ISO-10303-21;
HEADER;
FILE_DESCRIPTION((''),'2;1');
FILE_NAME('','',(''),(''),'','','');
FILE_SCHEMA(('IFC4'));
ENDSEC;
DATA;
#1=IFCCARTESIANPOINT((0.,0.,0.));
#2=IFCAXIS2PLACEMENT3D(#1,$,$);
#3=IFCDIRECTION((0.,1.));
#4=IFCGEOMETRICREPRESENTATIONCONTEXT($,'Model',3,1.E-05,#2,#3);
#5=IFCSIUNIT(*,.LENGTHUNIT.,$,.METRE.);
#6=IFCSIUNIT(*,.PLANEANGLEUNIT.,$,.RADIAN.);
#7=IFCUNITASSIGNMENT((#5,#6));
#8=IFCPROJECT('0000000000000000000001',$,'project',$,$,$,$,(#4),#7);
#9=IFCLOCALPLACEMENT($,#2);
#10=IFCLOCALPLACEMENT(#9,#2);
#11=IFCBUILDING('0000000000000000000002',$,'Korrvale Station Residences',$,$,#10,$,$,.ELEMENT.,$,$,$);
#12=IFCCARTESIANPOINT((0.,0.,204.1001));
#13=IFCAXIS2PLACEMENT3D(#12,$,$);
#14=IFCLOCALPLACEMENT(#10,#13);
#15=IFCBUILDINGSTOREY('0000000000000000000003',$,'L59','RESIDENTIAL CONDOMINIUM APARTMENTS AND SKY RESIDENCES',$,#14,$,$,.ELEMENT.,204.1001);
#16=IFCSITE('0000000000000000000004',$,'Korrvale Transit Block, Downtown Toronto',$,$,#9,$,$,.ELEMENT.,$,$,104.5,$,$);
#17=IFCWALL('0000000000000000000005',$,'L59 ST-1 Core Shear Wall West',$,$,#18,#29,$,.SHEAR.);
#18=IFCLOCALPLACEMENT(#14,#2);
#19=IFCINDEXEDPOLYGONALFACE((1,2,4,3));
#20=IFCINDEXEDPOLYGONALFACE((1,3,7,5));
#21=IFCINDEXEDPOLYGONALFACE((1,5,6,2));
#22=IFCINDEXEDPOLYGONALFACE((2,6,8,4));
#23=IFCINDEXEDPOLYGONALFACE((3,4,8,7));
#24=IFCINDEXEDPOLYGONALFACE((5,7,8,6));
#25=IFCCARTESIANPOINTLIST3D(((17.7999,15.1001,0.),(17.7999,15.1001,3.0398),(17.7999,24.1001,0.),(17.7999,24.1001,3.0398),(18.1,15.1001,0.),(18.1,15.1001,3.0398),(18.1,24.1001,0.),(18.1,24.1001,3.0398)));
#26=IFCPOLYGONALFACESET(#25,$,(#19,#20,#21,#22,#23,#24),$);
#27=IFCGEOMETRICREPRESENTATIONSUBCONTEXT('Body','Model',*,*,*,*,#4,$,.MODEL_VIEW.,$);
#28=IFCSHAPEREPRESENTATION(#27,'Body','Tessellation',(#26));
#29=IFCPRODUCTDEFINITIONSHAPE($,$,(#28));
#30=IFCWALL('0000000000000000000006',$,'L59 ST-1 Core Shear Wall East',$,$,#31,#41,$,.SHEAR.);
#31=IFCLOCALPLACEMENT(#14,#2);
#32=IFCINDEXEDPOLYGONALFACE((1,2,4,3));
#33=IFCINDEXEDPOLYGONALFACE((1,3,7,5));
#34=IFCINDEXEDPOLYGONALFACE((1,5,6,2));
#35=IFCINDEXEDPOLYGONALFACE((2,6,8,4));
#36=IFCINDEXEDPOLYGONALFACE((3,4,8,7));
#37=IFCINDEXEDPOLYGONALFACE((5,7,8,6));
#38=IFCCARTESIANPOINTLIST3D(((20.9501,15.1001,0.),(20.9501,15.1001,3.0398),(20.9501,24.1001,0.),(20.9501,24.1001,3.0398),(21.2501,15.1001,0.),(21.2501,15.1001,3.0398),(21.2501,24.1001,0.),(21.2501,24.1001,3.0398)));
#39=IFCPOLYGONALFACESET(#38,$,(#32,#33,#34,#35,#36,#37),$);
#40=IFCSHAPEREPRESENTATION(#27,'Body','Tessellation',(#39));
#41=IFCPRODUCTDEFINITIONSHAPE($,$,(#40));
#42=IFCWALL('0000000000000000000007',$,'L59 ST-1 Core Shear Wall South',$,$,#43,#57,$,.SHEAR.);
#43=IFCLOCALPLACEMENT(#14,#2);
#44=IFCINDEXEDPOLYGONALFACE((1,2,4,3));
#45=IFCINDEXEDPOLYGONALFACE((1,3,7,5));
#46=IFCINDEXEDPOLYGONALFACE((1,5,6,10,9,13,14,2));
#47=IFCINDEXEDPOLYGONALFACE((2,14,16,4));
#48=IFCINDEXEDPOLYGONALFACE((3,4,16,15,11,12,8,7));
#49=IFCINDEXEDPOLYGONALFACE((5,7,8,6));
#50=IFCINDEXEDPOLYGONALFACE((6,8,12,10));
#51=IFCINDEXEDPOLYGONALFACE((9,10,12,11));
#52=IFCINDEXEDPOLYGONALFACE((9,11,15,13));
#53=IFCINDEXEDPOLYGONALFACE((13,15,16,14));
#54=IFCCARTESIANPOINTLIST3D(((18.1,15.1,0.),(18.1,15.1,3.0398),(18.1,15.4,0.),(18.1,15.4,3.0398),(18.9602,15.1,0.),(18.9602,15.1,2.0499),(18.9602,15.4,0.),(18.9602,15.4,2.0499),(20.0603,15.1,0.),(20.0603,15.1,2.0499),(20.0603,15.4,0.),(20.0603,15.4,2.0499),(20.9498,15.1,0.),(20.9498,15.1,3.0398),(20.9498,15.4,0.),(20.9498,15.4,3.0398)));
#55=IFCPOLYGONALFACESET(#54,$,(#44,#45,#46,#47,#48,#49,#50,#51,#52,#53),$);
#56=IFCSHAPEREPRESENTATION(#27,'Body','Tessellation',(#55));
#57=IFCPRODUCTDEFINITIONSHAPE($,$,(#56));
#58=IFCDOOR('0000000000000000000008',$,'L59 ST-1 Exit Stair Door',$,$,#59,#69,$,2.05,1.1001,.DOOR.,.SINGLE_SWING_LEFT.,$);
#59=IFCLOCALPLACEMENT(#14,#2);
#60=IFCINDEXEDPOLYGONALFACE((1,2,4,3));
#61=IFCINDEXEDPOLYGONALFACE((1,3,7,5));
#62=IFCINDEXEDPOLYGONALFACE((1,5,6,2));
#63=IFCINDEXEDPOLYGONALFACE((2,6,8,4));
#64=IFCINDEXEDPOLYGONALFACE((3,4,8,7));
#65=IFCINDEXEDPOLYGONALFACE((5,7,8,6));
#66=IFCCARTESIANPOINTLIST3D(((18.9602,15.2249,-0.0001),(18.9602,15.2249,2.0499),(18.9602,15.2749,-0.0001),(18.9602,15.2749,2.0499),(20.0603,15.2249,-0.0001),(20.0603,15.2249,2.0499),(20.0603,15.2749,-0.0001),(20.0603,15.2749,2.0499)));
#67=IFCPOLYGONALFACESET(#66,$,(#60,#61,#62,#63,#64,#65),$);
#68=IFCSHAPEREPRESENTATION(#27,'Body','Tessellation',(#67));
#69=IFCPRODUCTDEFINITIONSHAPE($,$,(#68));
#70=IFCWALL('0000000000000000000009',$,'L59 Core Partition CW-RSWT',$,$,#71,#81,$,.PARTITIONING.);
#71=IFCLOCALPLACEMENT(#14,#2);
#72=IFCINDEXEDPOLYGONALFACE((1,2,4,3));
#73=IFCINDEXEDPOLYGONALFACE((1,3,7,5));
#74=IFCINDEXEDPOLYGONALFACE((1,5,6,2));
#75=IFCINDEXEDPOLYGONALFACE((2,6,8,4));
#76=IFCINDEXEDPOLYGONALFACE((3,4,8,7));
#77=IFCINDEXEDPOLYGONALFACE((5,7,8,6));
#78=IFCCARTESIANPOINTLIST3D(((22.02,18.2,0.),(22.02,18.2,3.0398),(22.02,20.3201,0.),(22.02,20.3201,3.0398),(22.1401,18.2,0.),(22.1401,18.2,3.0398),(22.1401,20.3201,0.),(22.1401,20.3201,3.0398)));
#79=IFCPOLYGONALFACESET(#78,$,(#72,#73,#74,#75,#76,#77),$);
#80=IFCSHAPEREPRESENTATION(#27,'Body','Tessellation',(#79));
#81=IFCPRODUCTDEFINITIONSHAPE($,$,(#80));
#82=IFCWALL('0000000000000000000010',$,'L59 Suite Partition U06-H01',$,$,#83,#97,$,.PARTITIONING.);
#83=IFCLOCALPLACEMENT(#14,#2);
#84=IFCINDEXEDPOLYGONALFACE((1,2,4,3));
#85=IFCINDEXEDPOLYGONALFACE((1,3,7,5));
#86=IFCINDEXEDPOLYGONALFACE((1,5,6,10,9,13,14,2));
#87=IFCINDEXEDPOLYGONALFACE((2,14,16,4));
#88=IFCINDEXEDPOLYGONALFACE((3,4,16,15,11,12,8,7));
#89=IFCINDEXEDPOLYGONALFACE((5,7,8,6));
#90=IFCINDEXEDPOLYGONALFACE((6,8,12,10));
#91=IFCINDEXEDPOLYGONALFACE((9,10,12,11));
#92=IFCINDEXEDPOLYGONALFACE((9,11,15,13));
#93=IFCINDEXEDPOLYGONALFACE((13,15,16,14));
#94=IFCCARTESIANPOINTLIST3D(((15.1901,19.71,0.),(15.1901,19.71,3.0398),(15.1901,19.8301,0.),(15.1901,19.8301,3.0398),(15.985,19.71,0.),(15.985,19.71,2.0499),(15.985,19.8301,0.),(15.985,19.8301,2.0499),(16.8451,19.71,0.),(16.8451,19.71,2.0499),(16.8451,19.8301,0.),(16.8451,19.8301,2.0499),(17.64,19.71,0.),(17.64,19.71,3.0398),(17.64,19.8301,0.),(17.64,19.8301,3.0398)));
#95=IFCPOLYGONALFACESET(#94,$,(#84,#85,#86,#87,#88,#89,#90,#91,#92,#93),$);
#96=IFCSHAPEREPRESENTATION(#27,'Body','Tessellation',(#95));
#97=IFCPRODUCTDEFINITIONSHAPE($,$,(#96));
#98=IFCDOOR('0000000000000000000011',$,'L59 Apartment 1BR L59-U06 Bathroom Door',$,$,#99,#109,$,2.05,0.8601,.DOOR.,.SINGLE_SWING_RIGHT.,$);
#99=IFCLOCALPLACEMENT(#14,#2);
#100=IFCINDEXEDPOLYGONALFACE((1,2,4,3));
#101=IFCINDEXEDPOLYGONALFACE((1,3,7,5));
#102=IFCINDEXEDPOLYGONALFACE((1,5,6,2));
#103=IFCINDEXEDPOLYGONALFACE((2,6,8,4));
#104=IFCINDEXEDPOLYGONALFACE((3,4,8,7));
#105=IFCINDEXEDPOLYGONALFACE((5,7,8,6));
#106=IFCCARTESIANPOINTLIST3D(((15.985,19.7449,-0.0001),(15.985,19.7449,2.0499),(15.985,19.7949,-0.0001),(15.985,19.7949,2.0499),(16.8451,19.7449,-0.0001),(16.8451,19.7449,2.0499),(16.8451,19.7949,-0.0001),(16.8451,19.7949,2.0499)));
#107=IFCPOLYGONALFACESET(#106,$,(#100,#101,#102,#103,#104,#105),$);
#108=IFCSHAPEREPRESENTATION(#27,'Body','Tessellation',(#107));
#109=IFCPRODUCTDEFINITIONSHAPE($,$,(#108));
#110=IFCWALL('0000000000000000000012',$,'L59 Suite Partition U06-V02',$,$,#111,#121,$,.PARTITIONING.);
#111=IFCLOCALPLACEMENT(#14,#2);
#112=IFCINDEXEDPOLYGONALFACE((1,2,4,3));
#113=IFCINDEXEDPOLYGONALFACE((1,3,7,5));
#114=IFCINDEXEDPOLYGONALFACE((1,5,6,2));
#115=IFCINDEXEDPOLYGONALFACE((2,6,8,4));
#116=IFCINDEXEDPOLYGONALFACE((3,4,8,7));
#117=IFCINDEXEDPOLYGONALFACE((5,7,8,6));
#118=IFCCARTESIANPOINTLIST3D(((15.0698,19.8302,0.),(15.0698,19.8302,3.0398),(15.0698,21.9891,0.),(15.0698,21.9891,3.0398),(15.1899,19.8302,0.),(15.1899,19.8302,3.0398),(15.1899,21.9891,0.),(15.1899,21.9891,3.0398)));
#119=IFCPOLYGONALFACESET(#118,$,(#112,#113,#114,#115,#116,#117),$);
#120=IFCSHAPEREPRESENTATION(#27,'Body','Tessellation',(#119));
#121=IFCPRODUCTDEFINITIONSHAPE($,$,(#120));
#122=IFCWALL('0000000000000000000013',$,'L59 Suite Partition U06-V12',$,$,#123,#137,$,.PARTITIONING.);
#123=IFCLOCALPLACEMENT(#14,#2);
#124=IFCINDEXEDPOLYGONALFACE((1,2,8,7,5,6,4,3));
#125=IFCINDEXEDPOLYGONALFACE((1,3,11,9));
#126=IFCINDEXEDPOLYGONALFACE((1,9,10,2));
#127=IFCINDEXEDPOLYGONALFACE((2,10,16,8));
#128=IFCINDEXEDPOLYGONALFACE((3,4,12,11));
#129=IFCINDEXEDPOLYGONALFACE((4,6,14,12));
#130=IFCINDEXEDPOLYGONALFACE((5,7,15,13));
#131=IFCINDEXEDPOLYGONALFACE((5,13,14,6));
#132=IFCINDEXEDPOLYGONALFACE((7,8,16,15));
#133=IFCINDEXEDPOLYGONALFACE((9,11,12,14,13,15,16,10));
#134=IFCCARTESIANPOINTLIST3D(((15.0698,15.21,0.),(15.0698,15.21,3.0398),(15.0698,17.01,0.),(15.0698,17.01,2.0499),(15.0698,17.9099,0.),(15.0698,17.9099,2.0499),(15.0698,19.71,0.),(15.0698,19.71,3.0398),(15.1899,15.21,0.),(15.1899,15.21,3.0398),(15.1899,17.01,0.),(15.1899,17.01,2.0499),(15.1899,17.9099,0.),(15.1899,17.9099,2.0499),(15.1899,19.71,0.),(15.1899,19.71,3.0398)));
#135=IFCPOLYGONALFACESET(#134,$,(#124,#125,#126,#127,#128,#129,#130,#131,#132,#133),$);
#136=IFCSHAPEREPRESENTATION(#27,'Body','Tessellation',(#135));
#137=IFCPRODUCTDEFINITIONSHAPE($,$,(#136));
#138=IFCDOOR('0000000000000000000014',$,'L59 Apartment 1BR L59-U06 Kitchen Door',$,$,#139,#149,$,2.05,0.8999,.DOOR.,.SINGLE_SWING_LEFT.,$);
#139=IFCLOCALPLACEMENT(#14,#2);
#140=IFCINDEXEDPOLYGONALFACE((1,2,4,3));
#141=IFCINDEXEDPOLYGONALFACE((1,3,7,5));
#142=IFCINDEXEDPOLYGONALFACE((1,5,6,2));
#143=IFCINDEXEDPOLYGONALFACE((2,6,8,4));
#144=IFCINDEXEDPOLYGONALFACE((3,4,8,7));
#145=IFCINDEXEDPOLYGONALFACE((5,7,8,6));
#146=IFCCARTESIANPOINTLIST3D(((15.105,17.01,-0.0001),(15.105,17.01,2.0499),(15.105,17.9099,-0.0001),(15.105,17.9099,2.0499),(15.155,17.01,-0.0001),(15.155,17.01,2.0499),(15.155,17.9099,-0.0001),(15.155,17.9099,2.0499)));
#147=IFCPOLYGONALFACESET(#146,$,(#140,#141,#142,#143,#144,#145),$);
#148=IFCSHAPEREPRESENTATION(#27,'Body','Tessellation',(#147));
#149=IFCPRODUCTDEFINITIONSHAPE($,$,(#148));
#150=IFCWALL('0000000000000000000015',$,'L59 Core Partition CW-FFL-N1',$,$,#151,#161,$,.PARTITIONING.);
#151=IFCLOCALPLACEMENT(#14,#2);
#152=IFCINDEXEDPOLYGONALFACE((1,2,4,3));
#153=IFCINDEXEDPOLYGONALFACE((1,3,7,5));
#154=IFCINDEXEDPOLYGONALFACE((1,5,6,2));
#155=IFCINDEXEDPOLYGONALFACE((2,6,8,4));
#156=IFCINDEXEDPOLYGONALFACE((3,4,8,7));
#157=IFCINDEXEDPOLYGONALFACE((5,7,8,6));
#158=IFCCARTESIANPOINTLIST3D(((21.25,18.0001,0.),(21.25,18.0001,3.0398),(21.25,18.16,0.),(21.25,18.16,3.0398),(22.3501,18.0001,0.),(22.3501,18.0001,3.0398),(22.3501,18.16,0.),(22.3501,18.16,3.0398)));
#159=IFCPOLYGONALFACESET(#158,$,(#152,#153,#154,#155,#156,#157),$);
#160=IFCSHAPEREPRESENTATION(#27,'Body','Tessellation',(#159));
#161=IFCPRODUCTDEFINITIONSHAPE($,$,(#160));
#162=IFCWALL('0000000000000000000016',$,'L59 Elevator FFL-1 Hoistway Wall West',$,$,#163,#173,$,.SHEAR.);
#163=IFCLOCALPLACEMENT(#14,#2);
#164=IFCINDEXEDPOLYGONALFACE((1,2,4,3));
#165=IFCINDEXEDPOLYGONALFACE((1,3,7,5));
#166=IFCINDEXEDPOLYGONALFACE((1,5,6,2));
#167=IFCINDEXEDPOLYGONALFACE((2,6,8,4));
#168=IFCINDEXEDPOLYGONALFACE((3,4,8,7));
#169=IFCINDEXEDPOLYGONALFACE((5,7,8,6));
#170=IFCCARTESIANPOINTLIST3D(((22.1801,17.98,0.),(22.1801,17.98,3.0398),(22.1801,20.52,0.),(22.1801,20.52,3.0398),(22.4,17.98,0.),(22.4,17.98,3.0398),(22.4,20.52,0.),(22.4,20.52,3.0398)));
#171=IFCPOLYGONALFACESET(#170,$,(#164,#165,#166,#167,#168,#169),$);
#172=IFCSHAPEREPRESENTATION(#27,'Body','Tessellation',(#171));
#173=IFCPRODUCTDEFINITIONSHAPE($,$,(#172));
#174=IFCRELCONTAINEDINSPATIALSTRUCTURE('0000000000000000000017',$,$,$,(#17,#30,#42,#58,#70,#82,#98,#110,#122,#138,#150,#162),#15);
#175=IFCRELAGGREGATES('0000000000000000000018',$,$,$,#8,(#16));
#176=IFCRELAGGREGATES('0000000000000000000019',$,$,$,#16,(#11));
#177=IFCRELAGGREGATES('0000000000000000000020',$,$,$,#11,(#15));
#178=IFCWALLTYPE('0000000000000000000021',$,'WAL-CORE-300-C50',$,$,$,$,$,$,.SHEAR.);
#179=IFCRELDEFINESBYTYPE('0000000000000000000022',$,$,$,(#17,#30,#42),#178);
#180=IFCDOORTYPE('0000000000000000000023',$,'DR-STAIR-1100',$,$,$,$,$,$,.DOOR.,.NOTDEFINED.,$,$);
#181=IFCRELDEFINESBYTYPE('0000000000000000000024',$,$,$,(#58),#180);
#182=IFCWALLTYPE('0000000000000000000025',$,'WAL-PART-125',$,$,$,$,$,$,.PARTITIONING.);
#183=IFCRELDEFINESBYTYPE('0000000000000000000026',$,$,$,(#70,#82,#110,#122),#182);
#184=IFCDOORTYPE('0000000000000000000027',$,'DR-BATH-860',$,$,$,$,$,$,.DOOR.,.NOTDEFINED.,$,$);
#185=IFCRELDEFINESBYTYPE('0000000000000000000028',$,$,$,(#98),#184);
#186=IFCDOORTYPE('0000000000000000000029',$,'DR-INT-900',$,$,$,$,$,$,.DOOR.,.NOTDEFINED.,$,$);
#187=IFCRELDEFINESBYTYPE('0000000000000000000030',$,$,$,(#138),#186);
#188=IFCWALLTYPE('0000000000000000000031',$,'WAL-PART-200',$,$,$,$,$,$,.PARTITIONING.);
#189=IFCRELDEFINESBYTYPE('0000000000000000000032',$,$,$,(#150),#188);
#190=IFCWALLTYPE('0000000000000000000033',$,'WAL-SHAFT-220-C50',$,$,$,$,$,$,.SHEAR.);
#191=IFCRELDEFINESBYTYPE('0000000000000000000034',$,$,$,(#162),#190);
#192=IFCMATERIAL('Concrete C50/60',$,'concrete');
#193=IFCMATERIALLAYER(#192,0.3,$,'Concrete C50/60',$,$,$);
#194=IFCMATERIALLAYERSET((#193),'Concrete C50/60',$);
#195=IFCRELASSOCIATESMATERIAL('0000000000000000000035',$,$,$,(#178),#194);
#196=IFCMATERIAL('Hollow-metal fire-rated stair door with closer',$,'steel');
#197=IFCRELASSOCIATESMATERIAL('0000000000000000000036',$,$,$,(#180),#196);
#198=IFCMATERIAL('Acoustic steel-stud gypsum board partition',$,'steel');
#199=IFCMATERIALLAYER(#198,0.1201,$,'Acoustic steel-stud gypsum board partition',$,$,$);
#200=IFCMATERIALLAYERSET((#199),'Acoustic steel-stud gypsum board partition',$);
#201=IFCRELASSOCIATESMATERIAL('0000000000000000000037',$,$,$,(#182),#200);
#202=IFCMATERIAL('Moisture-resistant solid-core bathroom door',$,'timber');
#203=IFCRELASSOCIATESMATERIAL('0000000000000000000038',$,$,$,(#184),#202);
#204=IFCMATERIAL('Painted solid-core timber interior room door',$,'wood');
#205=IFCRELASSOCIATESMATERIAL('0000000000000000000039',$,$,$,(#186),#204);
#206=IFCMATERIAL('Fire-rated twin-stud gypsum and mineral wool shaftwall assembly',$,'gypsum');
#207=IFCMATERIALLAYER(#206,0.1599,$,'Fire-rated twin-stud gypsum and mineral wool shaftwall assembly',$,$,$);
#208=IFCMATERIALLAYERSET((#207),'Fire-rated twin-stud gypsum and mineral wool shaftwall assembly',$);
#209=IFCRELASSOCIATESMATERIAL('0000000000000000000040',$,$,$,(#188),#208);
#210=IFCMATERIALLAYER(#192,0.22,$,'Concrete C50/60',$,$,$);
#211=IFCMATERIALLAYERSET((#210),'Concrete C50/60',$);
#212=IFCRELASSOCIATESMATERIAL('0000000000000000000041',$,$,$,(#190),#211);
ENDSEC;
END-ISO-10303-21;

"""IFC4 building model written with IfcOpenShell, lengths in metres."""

from ifc_helpers import new_model, si_unit, direction, frame, frame_2d, origin, place, context, subcontext, project, spatial, rectangle, extrude, material, layer, layer_set, type_object, element, fill, save


model = new_model("IFC4")

# Units and contexts
model_context = context("Model", 3, precision=1e-05, world=origin(), true_north=direction((0.0, 1.0)))
body_context = subcontext(model_context, "Body", "Model", "MODEL_VIEW")
ifc_project = project(units=[si_unit("LENGTHUNIT", "METRE"), si_unit("PLANEANGLEUNIT", "RADIAN")], contexts=[model_context])

# Site, building, storey
site_placement = place(None, origin())
site = spatial("IfcSite", under=ifc_project, at=site_placement, Name="Korrvale Transit Block, Downtown Toronto", CompositionType="ELEMENT", RefElevation=104.5)
building_placement = place(site_placement, origin())
building = spatial("IfcBuilding", under=site, at=building_placement, Name="Korrvale Station Residences", CompositionType="ELEMENT")
storey_placement = place(building_placement, frame((0.0, 0.0, 204.1001)))
storey = spatial("IfcBuildingStorey", under=building, at=storey_placement, Name="L59", Description="RESIDENTIAL CONDOMINIUM APARTMENTS AND SKY RESIDENCES", CompositionType="ELEMENT", Elevation=204.1001)

# Walls
ifc_material_1 = material(Name="Concrete C50/60", Category="concrete")
ifc_layer_1 = layer(ifc_material_1, 0.3, Name="Concrete C50/60")
ifc_layer_set_1 = layer_set([ifc_layer_1], Name="Concrete C50/60")
wall_type_1 = type_object("IfcWallType", Name="WAL-CORE-300-C50", PredefinedType="SHEAR", material=ifc_layer_set_1)
for number, where, z_axis, x_axis, name in (
    (1, (17.95, 15.1001, 0.0), (0.0, 0.0, 1.0), (0.0, 1.0, 0.0), "L59 ST-1 Core Shear Wall West"),
    (2, (21.1001, 15.1001, 0.0), (0.0, 0.0, 1.0), (0.0, 1.0, 0.0), "L59 ST-1 Core Shear Wall East"),
):
    element("IfcWall", number, at=place(storey_placement, frame(where, z_axis=z_axis, x_axis=x_axis)), inside=storey, type_object=wall_type_1, Name=name, PredefinedType="SHEAR", context=body_context, shape_type="SweptSolid", body=[
        extrude(rectangle(XDim=9.0, YDim=0.3, at=frame_2d((4.5, 0.0))), origin(), (0.0, 0.0, 1.0), 3.0398),
    ])

# Wall, opening, door
wall_1_placement = place(storey_placement, frame((18.1001, 15.25, 0.0), z_axis=(0.0, 0.0, 1.0), x_axis=(1.0, 0.0, 0.0)))
wall_1 = element("IfcWall", 3, at=wall_1_placement, inside=storey, type_object=wall_type_1, Name="L59 ST-1 Core Shear Wall South", PredefinedType="SHEAR", context=body_context, shape_type="SweptSolid", body=[
    extrude(rectangle(XDim=2.8499, YDim=0.3, at=frame_2d((1.4248, 0.0))), origin(), (0.0, 0.0, 1.0), 3.0398),
])
opening_1_placement = place(wall_1_placement, frame((0.8601, 0.0, 0.0)))
opening_1 = element("IfcOpeningElement", 4, at=opening_1_placement, cuts=wall_1, PredefinedType="OPENING", context=body_context, shape_type="SweptSolid", body=[
    extrude(rectangle(XDim=1.1001, YDim=2.05, at=frame_2d((0.55, 1.0249))), frame((0.0, 0.1602, 0.0), z_axis=(0.0, -1.0, 0.0), x_axis=(1.0, 0.0, 0.0)), (0.0, 0.0, 1.0), 0.3201),
])
ifc_material_2 = material(Name="Hollow-metal fire-rated stair door with closer", Category="steel")
door_type_1 = type_object("IfcDoorType", Name="DR-STAIR-1100", OperationType="NOTDEFINED", PredefinedType="DOOR", material=ifc_material_2)
door_1_placement = place(opening_1_placement, origin())
door_1 = element("IfcDoor", 5, at=door_1_placement, inside=storey, type_object=door_type_1, Name="L59 ST-1 Exit Stair Door", OperationType="SINGLE_SWING_LEFT", OverallHeight=2.05, OverallWidth=1.1001, PredefinedType="DOOR", context=body_context, shape_type="SweptSolid", body=[
    extrude(rectangle(XDim=1.1001, YDim=2.05, at=frame_2d((0.55, 1.0249))), frame((0.0, 0.0249, 0.0), z_axis=(0.0, -1.0, 0.0), x_axis=(1.0, 0.0, 0.0)), (0.0, 0.0, 1.0), 0.05),
])
fill(opening_1, door_1)

# Wall
ifc_material_3 = material(Name="Acoustic steel-stud gypsum board partition", Category="steel")
ifc_layer_2 = layer(ifc_material_3, 0.1201, Name="Acoustic steel-stud gypsum board partition")
ifc_layer_set_2 = layer_set([ifc_layer_2], Name="Acoustic steel-stud gypsum board partition")
wall_type_2 = type_object("IfcWallType", Name="WAL-PART-125", PredefinedType="PARTITIONING", material=ifc_layer_set_2)
wall_2_placement = place(storey_placement, frame((22.0801, 18.2, 0.0), z_axis=(0.0, 0.0, 1.0), x_axis=(0.0, 1.0, 0.0)))
element("IfcWall", 6, at=wall_2_placement, inside=storey, type_object=wall_type_2, Name="L59 Core Partition CW-RSWT", PredefinedType="PARTITIONING", context=body_context, shape_type="SweptSolid", body=[
    extrude(rectangle(XDim=2.1201, YDim=0.1201, at=frame_2d((1.0601, 0.0))), origin(), (0.0, 0.0, 1.0), 3.0398),
])

# Wall, opening, door
wall_3_placement = place(storey_placement, frame((15.1899, 19.77, 0.0), z_axis=(0.0, 0.0, 1.0), x_axis=(1.0, 0.0, 0.0)))
wall_3 = element("IfcWall", 7, at=wall_3_placement, inside=storey, type_object=wall_type_2, Name="L59 Suite Partition U06-H01", PredefinedType="PARTITIONING", context=body_context, shape_type="SweptSolid", body=[
    extrude(rectangle(XDim=2.45, YDim=0.1201, at=frame_2d((1.2251, 0.0))), origin(), (0.0, 0.0, 1.0), 3.0398),
])
opening_2_placement = place(wall_3_placement, frame((0.7949, 0.0, 0.0)))
opening_2 = element("IfcOpeningElement", 8, at=opening_2_placement, cuts=wall_3, PredefinedType="OPENING", context=body_context, shape_type="SweptSolid", body=[
    extrude(rectangle(XDim=0.8601, YDim=2.05, at=frame_2d((0.4302, 1.0249))), frame((0.0, 0.0701, 0.0), z_axis=(0.0, -1.0, 0.0), x_axis=(1.0, 0.0, 0.0)), (0.0, 0.0, 1.0), 0.1401),
])
ifc_material_4 = material(Name="Moisture-resistant solid-core bathroom door", Category="timber")
door_type_2 = type_object("IfcDoorType", Name="DR-BATH-860", OperationType="NOTDEFINED", PredefinedType="DOOR", material=ifc_material_4)
door_2_placement = place(opening_2_placement, origin())
door_2 = element("IfcDoor", 9, at=door_2_placement, inside=storey, type_object=door_type_2, Name="L59 Apartment 1BR L59-U06 Bathroom Door", OperationType="SINGLE_SWING_RIGHT", OverallHeight=2.05, OverallWidth=0.8601, PredefinedType="DOOR", context=body_context, shape_type="SweptSolid", body=[
    extrude(rectangle(XDim=0.8601, YDim=2.05, at=frame_2d((0.4302, 1.0249))), frame((0.0, 0.0249, 0.0), z_axis=(0.0, -1.0, 0.0), x_axis=(1.0, 0.0, 0.0)), (0.0, 0.0, 1.0), 0.05),
])
fill(opening_2, door_2)

# Wall
wall_4_placement = place(storey_placement, frame((15.1299, 19.8301, 0.0), z_axis=(0.0, 0.0, 1.0), x_axis=(0.0, 1.0, 0.0)))
element("IfcWall", 10, at=wall_4_placement, inside=storey, type_object=wall_type_2, Name="L59 Suite Partition U06-V02", PredefinedType="PARTITIONING", context=body_context, shape_type="SweptSolid", body=[
    extrude(rectangle(XDim=2.1589, YDim=0.1201, at=frame_2d((1.0796, 0.0))), origin(), (0.0, 0.0, 1.0), 3.0398),
])

# Wall, opening, door
wall_5_placement = place(storey_placement, frame((15.1299, 15.21, 0.0), z_axis=(0.0, 0.0, 1.0), x_axis=(0.0, 1.0, 0.0)))
wall_5 = element("IfcWall", 11, at=wall_5_placement, inside=storey, type_object=wall_type_2, Name="L59 Suite Partition U06-V12", PredefinedType="PARTITIONING", context=body_context, shape_type="SweptSolid", body=[
    extrude(rectangle(XDim=4.5, YDim=0.1201, at=frame_2d((2.25, 0.0))), origin(), (0.0, 0.0, 1.0), 3.0398),
])
opening_3_placement = place(wall_5_placement, frame((1.8, 0.0, 0.0)))
opening_3 = element("IfcOpeningElement", 12, at=opening_3_placement, cuts=wall_5, PredefinedType="OPENING", context=body_context, shape_type="SweptSolid", body=[
    extrude(rectangle(XDim=0.8999, YDim=2.05, at=frame_2d((0.45, 1.0249))), frame((0.0, 0.0701, 0.0), z_axis=(0.0, -1.0, 0.0), x_axis=(1.0, 0.0, 0.0)), (0.0, 0.0, 1.0), 0.1401),
])
ifc_material_5 = material(Name="Painted solid-core timber interior room door", Category="wood")
door_type_3 = type_object("IfcDoorType", Name="DR-INT-900", OperationType="NOTDEFINED", PredefinedType="DOOR", material=ifc_material_5)
door_3_placement = place(opening_3_placement, origin())
door_3 = element("IfcDoor", 13, at=door_3_placement, inside=storey, type_object=door_type_3, Name="L59 Apartment 1BR L59-U06 Kitchen Door", OperationType="SINGLE_SWING_LEFT", OverallHeight=2.05, OverallWidth=0.8999, PredefinedType="DOOR", context=body_context, shape_type="SweptSolid", body=[
    extrude(rectangle(XDim=0.8999, YDim=2.05, at=frame_2d((0.45, 1.0249))), frame((0.0, 0.0249, 0.0), z_axis=(0.0, -1.0, 0.0), x_axis=(1.0, 0.0, 0.0)), (0.0, 0.0, 1.0), 0.05),
])
fill(opening_3, door_3)

# Wall
ifc_material_6 = material(Name="Fire-rated twin-stud gypsum and mineral wool shaftwall assembly", Category="gypsum")
ifc_layer_3 = layer(ifc_material_6, 0.1599, Name="Fire-rated twin-stud gypsum and mineral wool shaftwall assembly")
ifc_layer_set_3 = layer_set([ifc_layer_3], Name="Fire-rated twin-stud gypsum and mineral wool shaftwall assembly")
wall_type_3 = type_object("IfcWallType", Name="WAL-PART-200", PredefinedType="PARTITIONING", material=ifc_layer_set_3)
wall_6_placement = place(storey_placement, frame((21.25, 18.0801, 0.0), z_axis=(0.0, 0.0, 1.0), x_axis=(1.0, 0.0, 0.0)))
element("IfcWall", 14, at=wall_6_placement, inside=storey, type_object=wall_type_3, Name="L59 Core Partition CW-FFL-N1", PredefinedType="PARTITIONING", context=body_context, shape_type="SweptSolid", body=[
    extrude(rectangle(XDim=1.1001, YDim=0.1599, at=frame_2d((0.55, 0.0))), origin(), (0.0, 0.0, 1.0), 3.0398),
])

# Shared definitions
ifc_layer_4 = layer(ifc_material_1, 0.22, Name="Concrete C50/60")
ifc_layer_set_4 = layer_set([ifc_layer_4], Name="Concrete C50/60")
wall_type_4 = type_object("IfcWallType", Name="WAL-SHAFT-220-C50", PredefinedType="SHEAR", material=ifc_layer_set_4)

# Wall
wall_7_placement = place(storey_placement, frame((22.29, 17.98, 0.0), z_axis=(0.0, 0.0, 1.0), x_axis=(0.0, 1.0, 0.0)))
element("IfcWall", 15, at=wall_7_placement, inside=storey, type_object=wall_type_4, Name="L59 Elevator FFL-1 Hoistway Wall West", PredefinedType="SHEAR", context=body_context, shape_type="SweptSolid", body=[
    extrude(rectangle(XDim=2.54, YDim=0.22, at=frame_2d((1.27, 0.0))), origin(), (0.0, 0.0, 1.0), 3.0398),
])

save(model, "model.ifc")
